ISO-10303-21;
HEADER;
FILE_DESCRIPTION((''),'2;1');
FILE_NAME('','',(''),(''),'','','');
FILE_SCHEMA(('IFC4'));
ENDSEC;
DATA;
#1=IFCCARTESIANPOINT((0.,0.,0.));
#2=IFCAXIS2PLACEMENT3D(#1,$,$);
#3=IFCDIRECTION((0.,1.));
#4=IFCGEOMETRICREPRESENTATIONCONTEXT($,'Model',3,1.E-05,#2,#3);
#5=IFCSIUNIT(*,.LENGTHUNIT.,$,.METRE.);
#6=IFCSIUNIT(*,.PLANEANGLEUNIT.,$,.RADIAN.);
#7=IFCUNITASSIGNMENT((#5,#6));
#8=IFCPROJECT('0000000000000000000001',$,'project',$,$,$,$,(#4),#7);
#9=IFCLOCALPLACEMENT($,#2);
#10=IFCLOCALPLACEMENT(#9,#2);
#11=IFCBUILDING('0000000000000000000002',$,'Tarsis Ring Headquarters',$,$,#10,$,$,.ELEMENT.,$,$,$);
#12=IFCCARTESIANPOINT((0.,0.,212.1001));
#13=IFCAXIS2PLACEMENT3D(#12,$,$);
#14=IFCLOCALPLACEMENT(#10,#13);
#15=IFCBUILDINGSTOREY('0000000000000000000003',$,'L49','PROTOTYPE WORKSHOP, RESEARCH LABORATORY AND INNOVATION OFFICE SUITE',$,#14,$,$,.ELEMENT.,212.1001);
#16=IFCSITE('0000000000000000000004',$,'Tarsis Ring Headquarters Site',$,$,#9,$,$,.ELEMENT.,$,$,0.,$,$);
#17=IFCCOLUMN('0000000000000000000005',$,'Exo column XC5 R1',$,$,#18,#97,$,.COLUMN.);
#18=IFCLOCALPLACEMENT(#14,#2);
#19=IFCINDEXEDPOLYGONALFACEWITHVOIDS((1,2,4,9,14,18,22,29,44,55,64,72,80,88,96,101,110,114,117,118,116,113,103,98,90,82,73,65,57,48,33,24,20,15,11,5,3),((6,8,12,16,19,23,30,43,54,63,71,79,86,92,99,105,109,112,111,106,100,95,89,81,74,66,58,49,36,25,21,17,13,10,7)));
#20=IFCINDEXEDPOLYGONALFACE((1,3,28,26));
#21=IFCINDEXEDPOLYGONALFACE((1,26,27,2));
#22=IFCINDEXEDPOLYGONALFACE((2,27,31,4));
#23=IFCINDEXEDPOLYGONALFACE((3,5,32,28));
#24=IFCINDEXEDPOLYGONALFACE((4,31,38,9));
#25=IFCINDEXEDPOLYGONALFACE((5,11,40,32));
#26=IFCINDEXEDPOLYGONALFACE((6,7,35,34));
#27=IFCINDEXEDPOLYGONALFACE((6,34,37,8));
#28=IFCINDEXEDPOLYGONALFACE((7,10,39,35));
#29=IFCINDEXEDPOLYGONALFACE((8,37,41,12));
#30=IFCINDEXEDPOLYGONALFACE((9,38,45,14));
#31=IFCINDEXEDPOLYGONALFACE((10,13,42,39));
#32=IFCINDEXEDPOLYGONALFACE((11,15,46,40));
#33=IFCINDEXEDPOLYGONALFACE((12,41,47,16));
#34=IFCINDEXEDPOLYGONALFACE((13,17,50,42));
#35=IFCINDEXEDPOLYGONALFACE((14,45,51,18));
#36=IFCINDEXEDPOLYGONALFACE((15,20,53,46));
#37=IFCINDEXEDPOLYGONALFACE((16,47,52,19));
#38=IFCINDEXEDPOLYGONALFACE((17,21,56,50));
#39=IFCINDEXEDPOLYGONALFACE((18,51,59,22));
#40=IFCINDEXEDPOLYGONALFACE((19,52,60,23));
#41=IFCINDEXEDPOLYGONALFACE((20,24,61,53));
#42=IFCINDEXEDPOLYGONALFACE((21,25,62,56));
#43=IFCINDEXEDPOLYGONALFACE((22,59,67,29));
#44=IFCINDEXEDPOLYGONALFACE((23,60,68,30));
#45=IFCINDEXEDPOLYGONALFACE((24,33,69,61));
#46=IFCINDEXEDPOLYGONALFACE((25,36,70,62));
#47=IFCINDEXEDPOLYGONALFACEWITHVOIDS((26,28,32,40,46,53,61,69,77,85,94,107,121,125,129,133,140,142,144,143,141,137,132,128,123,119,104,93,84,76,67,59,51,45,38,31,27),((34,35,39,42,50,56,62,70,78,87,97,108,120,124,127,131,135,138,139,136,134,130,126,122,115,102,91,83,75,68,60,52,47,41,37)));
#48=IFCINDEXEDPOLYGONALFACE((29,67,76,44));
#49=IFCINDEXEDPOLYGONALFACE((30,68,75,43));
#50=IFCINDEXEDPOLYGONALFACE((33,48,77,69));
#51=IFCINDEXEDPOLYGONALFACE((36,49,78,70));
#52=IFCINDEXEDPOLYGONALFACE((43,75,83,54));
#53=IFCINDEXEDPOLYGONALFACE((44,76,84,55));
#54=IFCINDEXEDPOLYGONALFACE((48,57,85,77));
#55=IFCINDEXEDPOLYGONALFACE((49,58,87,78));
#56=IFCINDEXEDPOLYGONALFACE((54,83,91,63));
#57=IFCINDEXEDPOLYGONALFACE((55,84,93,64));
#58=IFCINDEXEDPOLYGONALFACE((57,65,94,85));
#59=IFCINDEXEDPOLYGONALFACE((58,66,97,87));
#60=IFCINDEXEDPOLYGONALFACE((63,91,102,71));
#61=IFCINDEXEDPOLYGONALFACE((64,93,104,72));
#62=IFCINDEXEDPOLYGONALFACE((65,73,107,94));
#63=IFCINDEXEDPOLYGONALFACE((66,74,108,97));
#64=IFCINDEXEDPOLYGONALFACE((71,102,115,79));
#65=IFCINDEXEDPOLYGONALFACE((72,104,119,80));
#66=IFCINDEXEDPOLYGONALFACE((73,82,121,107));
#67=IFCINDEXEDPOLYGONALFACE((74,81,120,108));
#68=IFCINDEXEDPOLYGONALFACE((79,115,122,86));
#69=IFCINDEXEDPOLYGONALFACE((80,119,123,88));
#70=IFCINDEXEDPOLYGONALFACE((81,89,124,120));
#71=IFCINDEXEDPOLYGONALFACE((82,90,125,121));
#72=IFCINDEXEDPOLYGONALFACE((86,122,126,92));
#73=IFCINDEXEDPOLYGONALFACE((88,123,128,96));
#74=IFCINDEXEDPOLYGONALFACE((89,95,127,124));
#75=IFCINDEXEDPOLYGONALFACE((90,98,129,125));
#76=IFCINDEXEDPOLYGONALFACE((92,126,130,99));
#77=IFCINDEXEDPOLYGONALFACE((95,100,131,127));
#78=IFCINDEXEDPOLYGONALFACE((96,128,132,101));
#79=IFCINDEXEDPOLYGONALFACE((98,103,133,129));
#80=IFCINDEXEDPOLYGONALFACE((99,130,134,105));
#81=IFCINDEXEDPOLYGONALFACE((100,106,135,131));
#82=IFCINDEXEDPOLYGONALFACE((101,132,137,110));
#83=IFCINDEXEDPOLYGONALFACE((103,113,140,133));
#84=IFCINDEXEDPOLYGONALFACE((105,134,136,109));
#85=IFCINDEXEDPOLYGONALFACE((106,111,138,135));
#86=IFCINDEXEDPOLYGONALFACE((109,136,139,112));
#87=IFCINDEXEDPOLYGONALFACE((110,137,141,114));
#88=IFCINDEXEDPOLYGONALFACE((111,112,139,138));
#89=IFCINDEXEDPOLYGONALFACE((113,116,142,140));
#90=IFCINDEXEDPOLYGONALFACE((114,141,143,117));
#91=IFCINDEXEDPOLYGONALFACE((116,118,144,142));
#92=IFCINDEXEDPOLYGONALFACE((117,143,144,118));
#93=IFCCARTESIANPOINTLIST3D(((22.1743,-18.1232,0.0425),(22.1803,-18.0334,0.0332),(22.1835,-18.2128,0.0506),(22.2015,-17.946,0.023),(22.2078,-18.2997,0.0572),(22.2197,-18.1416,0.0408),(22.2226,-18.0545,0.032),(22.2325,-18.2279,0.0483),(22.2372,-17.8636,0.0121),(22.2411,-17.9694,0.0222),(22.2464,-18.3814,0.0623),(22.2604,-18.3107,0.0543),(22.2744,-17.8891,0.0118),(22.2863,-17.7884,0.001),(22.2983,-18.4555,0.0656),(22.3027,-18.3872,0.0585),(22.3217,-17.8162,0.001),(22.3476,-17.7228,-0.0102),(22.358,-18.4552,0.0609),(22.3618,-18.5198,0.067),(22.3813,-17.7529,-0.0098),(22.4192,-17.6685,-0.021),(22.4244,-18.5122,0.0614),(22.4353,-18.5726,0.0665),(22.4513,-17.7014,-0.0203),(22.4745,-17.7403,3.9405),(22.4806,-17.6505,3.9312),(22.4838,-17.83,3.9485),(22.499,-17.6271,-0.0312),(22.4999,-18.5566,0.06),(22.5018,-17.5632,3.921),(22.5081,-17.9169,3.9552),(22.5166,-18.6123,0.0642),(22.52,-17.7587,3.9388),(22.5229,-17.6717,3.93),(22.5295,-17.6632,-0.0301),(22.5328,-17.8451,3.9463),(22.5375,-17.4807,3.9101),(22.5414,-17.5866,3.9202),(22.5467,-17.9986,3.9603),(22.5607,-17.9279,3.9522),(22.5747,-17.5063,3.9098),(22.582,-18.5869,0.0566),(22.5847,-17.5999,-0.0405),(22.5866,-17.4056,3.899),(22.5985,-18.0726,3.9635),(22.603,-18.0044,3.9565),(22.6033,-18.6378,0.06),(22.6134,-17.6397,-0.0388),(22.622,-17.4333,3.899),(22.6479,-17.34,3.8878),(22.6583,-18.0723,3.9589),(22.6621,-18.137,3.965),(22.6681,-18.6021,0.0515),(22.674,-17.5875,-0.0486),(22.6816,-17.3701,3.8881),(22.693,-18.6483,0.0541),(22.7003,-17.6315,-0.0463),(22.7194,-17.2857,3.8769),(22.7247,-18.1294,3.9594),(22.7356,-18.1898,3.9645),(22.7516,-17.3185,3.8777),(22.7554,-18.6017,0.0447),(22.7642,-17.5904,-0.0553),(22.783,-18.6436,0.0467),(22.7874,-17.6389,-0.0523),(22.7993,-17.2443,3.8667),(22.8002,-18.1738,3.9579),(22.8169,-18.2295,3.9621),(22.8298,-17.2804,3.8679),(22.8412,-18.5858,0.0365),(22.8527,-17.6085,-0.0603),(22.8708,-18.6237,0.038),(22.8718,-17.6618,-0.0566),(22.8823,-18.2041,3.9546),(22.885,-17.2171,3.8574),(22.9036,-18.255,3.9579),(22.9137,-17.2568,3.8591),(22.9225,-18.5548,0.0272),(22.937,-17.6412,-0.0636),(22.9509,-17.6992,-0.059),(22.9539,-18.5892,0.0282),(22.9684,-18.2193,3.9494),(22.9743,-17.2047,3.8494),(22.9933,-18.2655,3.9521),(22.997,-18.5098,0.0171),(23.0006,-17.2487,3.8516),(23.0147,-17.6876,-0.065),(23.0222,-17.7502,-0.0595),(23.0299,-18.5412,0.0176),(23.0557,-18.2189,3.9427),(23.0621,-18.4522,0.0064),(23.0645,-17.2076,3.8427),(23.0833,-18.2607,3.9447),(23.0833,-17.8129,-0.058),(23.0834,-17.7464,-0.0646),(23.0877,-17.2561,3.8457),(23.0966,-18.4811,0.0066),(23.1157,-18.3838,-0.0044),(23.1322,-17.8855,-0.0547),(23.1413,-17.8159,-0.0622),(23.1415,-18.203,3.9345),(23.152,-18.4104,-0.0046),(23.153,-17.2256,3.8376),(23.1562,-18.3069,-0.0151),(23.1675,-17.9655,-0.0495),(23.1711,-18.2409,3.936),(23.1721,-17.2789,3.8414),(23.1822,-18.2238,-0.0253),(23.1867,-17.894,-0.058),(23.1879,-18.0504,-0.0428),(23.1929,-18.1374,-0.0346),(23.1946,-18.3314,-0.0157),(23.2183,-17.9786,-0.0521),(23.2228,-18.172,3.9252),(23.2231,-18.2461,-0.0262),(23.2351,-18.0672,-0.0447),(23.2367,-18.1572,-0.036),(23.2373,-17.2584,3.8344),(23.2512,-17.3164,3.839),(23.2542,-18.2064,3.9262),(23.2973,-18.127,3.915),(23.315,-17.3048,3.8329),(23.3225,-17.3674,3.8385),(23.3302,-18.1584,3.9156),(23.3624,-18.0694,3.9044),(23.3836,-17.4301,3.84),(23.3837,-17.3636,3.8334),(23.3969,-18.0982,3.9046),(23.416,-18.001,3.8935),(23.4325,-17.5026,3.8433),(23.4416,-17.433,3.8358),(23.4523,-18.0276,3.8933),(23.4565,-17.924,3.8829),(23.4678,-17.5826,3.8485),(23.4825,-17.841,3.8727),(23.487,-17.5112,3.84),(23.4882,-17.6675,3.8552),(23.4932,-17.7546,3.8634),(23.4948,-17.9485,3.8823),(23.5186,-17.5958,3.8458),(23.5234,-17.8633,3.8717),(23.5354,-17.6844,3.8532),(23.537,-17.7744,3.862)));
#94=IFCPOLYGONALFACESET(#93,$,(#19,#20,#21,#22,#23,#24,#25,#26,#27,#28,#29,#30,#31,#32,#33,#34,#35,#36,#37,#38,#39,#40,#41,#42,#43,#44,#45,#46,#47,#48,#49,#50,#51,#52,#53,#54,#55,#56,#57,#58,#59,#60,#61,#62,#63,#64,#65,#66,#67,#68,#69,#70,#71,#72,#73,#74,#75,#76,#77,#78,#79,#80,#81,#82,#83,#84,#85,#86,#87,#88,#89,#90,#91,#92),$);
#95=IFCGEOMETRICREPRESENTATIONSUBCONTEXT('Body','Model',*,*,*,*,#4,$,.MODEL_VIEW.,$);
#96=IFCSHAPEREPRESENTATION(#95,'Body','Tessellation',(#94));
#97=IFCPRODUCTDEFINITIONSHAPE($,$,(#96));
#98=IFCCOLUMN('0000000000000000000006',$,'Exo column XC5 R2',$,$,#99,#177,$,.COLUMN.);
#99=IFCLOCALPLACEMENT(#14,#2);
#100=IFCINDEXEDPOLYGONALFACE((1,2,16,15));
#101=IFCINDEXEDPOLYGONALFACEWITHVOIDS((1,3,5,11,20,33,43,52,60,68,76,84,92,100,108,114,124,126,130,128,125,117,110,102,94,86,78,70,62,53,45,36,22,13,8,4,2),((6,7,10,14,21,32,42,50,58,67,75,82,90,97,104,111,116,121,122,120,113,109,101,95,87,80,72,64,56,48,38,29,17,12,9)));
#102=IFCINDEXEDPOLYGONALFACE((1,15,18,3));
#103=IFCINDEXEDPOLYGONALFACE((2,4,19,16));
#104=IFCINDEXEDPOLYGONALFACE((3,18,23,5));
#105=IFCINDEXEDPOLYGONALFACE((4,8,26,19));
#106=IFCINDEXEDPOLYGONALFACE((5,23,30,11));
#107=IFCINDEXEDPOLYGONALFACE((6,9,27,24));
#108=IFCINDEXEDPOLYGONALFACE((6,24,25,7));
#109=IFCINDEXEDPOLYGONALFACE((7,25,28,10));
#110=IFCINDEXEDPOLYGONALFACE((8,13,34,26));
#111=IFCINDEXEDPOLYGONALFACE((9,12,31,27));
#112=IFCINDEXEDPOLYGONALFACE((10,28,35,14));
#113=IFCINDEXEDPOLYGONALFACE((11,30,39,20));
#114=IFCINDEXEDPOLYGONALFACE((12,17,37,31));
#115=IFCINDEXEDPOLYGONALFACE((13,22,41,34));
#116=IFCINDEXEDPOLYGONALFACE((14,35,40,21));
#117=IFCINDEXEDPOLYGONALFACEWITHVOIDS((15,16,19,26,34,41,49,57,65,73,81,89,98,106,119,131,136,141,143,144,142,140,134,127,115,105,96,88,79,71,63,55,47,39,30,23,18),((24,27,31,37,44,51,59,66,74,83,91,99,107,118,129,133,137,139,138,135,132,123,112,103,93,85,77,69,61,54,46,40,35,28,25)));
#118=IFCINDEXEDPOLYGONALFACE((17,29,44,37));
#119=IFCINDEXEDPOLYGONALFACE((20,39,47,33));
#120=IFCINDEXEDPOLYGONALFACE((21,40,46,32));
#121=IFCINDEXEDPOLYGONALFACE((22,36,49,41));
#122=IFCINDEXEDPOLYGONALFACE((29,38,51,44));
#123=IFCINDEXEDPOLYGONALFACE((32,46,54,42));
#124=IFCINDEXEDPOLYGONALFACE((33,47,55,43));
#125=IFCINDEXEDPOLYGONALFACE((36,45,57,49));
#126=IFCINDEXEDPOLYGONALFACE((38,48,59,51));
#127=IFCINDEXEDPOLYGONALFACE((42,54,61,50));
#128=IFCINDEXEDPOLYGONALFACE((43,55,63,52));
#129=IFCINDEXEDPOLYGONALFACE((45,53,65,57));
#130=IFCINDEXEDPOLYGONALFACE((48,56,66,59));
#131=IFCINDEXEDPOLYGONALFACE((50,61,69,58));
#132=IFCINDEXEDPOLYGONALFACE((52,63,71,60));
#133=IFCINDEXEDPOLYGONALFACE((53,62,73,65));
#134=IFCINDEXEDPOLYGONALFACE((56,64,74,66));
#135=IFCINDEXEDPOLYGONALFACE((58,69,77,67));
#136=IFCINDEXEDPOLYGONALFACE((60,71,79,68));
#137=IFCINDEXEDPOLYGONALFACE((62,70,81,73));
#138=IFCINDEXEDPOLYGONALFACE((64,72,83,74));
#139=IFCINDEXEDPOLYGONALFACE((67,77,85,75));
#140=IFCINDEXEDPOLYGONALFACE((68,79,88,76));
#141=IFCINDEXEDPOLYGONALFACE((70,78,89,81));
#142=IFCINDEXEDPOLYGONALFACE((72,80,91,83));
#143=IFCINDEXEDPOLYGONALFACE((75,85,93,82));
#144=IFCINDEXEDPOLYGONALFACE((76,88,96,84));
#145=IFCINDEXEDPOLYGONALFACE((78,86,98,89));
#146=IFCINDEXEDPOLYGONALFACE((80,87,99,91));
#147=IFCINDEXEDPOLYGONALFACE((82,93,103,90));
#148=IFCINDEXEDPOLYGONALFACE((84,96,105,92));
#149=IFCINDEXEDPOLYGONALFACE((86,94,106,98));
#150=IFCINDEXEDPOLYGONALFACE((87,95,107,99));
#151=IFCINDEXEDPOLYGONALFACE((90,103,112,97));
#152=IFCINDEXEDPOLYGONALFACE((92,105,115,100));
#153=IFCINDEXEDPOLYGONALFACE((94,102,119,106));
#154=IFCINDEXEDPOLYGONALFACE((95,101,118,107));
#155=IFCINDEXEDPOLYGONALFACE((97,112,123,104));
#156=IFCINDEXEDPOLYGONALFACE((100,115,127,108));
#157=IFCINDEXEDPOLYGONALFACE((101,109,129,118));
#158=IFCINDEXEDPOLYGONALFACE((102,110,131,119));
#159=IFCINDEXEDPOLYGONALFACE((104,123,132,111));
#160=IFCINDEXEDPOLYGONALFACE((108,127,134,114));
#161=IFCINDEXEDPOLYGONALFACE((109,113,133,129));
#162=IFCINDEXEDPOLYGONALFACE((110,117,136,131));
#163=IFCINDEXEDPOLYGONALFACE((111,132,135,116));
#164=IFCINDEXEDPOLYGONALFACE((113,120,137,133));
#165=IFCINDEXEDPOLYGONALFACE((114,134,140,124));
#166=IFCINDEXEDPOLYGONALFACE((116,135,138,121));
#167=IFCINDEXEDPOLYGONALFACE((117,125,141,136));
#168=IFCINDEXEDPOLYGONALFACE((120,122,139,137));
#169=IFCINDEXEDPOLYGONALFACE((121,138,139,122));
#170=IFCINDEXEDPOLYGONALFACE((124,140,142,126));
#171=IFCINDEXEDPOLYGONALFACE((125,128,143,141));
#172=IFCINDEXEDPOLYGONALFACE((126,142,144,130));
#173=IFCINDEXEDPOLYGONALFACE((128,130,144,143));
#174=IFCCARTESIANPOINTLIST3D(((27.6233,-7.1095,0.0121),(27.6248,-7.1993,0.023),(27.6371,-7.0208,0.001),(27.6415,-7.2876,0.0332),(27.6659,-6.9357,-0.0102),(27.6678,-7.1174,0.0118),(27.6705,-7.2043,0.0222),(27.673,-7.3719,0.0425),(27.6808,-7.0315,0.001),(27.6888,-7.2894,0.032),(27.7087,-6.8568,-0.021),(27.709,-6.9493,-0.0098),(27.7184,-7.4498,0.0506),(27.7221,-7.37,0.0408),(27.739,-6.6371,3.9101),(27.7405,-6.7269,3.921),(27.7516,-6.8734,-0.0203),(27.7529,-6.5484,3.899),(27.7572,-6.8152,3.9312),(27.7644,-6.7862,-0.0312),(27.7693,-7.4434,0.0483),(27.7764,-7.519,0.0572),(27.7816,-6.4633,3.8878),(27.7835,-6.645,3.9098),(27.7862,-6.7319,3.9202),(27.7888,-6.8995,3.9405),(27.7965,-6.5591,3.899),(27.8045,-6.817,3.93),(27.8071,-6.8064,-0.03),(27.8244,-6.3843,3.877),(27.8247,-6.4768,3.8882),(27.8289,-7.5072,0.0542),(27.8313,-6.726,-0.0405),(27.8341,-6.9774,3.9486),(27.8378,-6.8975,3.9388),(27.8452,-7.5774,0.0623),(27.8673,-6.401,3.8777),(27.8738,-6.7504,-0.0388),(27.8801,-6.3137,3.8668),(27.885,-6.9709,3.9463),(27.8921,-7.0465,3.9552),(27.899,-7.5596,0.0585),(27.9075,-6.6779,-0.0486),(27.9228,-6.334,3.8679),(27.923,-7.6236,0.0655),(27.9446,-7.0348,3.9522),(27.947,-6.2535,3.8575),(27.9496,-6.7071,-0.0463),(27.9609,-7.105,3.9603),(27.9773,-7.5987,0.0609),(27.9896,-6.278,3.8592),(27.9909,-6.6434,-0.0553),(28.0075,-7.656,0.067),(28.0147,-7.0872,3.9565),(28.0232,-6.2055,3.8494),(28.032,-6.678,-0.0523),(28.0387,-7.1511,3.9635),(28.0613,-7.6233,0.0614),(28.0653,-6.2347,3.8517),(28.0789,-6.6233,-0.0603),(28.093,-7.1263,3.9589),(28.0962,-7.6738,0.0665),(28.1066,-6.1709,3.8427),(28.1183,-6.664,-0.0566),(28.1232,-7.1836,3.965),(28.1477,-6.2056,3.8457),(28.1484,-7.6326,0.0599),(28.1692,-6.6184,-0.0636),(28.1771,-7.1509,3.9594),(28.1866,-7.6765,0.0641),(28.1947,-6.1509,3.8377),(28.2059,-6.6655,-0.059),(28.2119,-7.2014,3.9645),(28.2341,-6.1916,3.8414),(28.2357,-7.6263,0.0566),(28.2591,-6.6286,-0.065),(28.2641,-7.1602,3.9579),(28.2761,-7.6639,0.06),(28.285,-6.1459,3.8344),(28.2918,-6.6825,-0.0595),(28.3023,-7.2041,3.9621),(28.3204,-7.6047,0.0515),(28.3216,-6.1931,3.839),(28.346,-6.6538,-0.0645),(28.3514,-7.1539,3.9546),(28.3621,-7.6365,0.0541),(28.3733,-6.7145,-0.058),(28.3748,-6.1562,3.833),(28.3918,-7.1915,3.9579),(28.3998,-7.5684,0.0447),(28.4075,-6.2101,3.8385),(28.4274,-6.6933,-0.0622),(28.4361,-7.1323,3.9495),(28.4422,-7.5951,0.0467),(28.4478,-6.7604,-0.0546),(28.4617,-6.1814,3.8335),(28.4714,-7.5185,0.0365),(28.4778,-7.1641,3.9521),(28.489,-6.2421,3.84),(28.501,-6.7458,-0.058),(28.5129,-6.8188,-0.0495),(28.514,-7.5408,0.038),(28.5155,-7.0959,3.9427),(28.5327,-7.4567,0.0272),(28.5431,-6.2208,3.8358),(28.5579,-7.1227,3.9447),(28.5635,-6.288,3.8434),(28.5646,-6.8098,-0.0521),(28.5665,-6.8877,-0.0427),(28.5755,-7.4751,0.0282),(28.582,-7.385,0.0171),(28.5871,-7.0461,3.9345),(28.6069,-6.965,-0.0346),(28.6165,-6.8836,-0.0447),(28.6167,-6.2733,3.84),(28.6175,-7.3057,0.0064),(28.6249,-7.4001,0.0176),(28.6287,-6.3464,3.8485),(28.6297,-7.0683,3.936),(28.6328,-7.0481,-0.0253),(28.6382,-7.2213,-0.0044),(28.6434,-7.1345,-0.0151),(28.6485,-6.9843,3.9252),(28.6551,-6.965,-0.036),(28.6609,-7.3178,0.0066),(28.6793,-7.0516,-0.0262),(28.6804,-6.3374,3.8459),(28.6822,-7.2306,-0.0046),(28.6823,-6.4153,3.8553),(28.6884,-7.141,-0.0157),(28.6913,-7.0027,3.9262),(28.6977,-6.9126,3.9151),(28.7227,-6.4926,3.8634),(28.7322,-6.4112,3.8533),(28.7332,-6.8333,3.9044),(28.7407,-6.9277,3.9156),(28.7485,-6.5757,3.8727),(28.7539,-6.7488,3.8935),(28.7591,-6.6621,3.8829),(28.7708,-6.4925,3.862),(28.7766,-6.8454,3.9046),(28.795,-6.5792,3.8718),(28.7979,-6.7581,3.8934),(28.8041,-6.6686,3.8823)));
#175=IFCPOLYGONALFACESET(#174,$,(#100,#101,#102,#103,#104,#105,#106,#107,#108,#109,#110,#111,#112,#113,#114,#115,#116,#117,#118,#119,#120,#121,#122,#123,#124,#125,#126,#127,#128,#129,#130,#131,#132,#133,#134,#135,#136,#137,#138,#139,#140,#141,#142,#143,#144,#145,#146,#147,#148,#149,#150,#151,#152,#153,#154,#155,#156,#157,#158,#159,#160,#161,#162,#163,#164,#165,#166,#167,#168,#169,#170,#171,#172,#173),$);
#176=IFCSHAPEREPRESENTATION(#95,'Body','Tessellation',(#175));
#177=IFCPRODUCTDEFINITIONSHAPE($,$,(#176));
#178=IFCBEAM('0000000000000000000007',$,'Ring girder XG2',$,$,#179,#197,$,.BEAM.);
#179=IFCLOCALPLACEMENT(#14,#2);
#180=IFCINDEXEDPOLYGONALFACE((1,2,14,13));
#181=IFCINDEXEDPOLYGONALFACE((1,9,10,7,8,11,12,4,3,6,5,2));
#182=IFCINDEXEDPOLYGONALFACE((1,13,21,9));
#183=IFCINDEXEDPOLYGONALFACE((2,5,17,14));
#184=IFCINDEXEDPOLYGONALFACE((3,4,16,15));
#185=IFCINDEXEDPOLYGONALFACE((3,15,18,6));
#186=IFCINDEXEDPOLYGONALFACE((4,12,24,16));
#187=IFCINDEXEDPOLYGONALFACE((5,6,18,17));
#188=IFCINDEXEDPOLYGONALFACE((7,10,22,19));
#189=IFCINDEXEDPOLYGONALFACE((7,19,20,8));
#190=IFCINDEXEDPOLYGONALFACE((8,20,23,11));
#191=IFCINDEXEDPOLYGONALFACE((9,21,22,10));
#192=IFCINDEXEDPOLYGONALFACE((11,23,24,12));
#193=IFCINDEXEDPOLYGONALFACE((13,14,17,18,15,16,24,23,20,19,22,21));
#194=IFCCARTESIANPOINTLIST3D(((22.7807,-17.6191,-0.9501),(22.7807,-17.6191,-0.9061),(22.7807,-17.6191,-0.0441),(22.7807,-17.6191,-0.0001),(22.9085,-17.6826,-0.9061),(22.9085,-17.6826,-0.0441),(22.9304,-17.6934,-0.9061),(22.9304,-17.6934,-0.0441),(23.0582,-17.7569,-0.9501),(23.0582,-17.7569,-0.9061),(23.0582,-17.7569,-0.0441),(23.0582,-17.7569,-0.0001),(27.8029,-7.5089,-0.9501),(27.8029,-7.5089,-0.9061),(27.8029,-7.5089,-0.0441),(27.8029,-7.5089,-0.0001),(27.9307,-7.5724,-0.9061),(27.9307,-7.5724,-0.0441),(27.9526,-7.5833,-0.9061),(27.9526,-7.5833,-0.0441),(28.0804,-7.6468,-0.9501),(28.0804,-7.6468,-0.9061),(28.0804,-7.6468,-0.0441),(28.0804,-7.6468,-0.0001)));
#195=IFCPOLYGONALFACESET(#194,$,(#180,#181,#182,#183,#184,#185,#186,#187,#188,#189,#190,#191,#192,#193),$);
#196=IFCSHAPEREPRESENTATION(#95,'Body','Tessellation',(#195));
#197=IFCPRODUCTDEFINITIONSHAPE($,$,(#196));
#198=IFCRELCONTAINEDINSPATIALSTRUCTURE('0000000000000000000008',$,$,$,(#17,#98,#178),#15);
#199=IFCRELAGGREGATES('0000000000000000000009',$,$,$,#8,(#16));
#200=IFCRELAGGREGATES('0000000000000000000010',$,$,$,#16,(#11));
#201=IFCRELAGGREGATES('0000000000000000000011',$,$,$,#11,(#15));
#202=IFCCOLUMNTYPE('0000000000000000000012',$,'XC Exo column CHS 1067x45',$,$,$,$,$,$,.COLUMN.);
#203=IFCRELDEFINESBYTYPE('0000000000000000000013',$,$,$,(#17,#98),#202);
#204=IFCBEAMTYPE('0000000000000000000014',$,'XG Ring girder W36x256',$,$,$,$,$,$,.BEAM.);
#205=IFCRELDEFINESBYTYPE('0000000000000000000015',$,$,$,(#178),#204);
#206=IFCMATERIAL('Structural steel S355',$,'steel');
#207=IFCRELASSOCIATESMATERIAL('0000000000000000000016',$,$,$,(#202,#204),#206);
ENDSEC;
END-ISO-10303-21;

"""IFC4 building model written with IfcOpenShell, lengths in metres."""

from ifc_helpers import new_model, si_unit, direction, frame, origin, origin_2d, place, context, subcontext, project, spatial, hollow_circle, i_section, extrude, material, material_profile, profile_set, type_object, element, save


model = new_model("IFC4")

# Units and contexts
model_context = context("Model", 3, precision=1e-05, world=origin(), true_north=direction((0.0, 1.0)))
body_context = subcontext(model_context, "Body", "Model", "MODEL_VIEW")
ifc_project = project(units=[si_unit("LENGTHUNIT", "METRE"), si_unit("PLANEANGLEUNIT", "RADIAN")], contexts=[model_context])

# Site, building, storey
site_placement = place(None, origin())
site = spatial("IfcSite", under=ifc_project, at=site_placement, Name="Tarsis Ring Headquarters Site", CompositionType="ELEMENT", RefElevation=0.0)
building_placement = place(site_placement, origin())
building = spatial("IfcBuilding", under=site, at=building_placement, Name="Tarsis Ring Headquarters", CompositionType="ELEMENT")
storey_placement = place(building_placement, frame((0.0, 0.0, 212.1001)))
storey = spatial("IfcBuildingStorey", under=building, at=storey_placement, Name="L49", Description="PROTOTYPE WORKSHOP, RESEARCH LABORATORY AND INNOVATION OFFICE SUITE", CompositionType="ELEMENT", Elevation=212.1001)

# Columns
ifc_material_1 = material(Name="Structural steel S355", Category="steel")
ifc_material_profile_1 = material_profile(ifc_material_1, hollow_circle(Radius=0.5334, WallThickness=0.0449, at=origin_2d()), Name="CHS 1067x45")
ifc_profile_set_1 = profile_set([ifc_material_profile_1], Name="Structural steel S355")
column_type = type_object("IfcColumnType", Name="XC Exo column CHS 1067x45", PredefinedType="COLUMN", material=ifc_profile_set_1)
for number, where, z_axis, x_axis, name in (
    (1, (22.7061, -18.1177, 0.001), (0.076446, 0.097452, 0.9923), (-0.786806, 0.617201, 0.0), "Exo column XC5 R1"),
    (2, (28.1553, -7.1477, 0.001), (0.02946, 0.120262, 0.992305), (-0.971283, 0.237927, 0.0), "Exo column XC5 R2"),
):
    element("IfcColumn", number, at=place(storey_placement, frame(where, z_axis=z_axis, x_axis=x_axis)), inside=storey, type_object=column_type, Name=name, PredefinedType="COLUMN", context=body_context, shape_type="SweptSolid", body=[
        extrude(hollow_circle(Radius=0.5334, WallThickness=0.0449, at=origin_2d()), origin(), (0.0, 0.0, 1.0), 3.9282),
    ])

# Beam
ifc_material_profile_2 = material_profile(ifc_material_1, i_section(OverallWidth=0.3098, OverallDepth=0.95, WebThickness=0.0244, FlangeThickness=0.0439, at=origin_2d()), Name="W36x256")
ifc_profile_set_2 = profile_set([ifc_material_profile_2], Name="Structural steel S355")
beam_type = type_object("IfcBeamType", Name="XG Ring girder W36x256", PredefinedType="BEAM", material=ifc_profile_set_2)
beam_1_placement = place(storey_placement, frame((22.9194, -17.688, -0.4751), z_axis=(0.444885, 0.895588, 0.0), x_axis=(-0.895588, 0.444885, 0.0)))
element("IfcBeam", 3, at=beam_1_placement, inside=storey, type_object=beam_type, Name="Ring girder XG2", PredefinedType="BEAM", context=body_context, shape_type="SweptSolid", body=[
    extrude(i_section(OverallWidth=0.3098, OverallDepth=0.95, WebThickness=0.0244, FlangeThickness=0.0439, at=origin_2d()), origin(), (0.0, 0.0, 1.0), 11.2888),
])

save(model, "model.ifc")
